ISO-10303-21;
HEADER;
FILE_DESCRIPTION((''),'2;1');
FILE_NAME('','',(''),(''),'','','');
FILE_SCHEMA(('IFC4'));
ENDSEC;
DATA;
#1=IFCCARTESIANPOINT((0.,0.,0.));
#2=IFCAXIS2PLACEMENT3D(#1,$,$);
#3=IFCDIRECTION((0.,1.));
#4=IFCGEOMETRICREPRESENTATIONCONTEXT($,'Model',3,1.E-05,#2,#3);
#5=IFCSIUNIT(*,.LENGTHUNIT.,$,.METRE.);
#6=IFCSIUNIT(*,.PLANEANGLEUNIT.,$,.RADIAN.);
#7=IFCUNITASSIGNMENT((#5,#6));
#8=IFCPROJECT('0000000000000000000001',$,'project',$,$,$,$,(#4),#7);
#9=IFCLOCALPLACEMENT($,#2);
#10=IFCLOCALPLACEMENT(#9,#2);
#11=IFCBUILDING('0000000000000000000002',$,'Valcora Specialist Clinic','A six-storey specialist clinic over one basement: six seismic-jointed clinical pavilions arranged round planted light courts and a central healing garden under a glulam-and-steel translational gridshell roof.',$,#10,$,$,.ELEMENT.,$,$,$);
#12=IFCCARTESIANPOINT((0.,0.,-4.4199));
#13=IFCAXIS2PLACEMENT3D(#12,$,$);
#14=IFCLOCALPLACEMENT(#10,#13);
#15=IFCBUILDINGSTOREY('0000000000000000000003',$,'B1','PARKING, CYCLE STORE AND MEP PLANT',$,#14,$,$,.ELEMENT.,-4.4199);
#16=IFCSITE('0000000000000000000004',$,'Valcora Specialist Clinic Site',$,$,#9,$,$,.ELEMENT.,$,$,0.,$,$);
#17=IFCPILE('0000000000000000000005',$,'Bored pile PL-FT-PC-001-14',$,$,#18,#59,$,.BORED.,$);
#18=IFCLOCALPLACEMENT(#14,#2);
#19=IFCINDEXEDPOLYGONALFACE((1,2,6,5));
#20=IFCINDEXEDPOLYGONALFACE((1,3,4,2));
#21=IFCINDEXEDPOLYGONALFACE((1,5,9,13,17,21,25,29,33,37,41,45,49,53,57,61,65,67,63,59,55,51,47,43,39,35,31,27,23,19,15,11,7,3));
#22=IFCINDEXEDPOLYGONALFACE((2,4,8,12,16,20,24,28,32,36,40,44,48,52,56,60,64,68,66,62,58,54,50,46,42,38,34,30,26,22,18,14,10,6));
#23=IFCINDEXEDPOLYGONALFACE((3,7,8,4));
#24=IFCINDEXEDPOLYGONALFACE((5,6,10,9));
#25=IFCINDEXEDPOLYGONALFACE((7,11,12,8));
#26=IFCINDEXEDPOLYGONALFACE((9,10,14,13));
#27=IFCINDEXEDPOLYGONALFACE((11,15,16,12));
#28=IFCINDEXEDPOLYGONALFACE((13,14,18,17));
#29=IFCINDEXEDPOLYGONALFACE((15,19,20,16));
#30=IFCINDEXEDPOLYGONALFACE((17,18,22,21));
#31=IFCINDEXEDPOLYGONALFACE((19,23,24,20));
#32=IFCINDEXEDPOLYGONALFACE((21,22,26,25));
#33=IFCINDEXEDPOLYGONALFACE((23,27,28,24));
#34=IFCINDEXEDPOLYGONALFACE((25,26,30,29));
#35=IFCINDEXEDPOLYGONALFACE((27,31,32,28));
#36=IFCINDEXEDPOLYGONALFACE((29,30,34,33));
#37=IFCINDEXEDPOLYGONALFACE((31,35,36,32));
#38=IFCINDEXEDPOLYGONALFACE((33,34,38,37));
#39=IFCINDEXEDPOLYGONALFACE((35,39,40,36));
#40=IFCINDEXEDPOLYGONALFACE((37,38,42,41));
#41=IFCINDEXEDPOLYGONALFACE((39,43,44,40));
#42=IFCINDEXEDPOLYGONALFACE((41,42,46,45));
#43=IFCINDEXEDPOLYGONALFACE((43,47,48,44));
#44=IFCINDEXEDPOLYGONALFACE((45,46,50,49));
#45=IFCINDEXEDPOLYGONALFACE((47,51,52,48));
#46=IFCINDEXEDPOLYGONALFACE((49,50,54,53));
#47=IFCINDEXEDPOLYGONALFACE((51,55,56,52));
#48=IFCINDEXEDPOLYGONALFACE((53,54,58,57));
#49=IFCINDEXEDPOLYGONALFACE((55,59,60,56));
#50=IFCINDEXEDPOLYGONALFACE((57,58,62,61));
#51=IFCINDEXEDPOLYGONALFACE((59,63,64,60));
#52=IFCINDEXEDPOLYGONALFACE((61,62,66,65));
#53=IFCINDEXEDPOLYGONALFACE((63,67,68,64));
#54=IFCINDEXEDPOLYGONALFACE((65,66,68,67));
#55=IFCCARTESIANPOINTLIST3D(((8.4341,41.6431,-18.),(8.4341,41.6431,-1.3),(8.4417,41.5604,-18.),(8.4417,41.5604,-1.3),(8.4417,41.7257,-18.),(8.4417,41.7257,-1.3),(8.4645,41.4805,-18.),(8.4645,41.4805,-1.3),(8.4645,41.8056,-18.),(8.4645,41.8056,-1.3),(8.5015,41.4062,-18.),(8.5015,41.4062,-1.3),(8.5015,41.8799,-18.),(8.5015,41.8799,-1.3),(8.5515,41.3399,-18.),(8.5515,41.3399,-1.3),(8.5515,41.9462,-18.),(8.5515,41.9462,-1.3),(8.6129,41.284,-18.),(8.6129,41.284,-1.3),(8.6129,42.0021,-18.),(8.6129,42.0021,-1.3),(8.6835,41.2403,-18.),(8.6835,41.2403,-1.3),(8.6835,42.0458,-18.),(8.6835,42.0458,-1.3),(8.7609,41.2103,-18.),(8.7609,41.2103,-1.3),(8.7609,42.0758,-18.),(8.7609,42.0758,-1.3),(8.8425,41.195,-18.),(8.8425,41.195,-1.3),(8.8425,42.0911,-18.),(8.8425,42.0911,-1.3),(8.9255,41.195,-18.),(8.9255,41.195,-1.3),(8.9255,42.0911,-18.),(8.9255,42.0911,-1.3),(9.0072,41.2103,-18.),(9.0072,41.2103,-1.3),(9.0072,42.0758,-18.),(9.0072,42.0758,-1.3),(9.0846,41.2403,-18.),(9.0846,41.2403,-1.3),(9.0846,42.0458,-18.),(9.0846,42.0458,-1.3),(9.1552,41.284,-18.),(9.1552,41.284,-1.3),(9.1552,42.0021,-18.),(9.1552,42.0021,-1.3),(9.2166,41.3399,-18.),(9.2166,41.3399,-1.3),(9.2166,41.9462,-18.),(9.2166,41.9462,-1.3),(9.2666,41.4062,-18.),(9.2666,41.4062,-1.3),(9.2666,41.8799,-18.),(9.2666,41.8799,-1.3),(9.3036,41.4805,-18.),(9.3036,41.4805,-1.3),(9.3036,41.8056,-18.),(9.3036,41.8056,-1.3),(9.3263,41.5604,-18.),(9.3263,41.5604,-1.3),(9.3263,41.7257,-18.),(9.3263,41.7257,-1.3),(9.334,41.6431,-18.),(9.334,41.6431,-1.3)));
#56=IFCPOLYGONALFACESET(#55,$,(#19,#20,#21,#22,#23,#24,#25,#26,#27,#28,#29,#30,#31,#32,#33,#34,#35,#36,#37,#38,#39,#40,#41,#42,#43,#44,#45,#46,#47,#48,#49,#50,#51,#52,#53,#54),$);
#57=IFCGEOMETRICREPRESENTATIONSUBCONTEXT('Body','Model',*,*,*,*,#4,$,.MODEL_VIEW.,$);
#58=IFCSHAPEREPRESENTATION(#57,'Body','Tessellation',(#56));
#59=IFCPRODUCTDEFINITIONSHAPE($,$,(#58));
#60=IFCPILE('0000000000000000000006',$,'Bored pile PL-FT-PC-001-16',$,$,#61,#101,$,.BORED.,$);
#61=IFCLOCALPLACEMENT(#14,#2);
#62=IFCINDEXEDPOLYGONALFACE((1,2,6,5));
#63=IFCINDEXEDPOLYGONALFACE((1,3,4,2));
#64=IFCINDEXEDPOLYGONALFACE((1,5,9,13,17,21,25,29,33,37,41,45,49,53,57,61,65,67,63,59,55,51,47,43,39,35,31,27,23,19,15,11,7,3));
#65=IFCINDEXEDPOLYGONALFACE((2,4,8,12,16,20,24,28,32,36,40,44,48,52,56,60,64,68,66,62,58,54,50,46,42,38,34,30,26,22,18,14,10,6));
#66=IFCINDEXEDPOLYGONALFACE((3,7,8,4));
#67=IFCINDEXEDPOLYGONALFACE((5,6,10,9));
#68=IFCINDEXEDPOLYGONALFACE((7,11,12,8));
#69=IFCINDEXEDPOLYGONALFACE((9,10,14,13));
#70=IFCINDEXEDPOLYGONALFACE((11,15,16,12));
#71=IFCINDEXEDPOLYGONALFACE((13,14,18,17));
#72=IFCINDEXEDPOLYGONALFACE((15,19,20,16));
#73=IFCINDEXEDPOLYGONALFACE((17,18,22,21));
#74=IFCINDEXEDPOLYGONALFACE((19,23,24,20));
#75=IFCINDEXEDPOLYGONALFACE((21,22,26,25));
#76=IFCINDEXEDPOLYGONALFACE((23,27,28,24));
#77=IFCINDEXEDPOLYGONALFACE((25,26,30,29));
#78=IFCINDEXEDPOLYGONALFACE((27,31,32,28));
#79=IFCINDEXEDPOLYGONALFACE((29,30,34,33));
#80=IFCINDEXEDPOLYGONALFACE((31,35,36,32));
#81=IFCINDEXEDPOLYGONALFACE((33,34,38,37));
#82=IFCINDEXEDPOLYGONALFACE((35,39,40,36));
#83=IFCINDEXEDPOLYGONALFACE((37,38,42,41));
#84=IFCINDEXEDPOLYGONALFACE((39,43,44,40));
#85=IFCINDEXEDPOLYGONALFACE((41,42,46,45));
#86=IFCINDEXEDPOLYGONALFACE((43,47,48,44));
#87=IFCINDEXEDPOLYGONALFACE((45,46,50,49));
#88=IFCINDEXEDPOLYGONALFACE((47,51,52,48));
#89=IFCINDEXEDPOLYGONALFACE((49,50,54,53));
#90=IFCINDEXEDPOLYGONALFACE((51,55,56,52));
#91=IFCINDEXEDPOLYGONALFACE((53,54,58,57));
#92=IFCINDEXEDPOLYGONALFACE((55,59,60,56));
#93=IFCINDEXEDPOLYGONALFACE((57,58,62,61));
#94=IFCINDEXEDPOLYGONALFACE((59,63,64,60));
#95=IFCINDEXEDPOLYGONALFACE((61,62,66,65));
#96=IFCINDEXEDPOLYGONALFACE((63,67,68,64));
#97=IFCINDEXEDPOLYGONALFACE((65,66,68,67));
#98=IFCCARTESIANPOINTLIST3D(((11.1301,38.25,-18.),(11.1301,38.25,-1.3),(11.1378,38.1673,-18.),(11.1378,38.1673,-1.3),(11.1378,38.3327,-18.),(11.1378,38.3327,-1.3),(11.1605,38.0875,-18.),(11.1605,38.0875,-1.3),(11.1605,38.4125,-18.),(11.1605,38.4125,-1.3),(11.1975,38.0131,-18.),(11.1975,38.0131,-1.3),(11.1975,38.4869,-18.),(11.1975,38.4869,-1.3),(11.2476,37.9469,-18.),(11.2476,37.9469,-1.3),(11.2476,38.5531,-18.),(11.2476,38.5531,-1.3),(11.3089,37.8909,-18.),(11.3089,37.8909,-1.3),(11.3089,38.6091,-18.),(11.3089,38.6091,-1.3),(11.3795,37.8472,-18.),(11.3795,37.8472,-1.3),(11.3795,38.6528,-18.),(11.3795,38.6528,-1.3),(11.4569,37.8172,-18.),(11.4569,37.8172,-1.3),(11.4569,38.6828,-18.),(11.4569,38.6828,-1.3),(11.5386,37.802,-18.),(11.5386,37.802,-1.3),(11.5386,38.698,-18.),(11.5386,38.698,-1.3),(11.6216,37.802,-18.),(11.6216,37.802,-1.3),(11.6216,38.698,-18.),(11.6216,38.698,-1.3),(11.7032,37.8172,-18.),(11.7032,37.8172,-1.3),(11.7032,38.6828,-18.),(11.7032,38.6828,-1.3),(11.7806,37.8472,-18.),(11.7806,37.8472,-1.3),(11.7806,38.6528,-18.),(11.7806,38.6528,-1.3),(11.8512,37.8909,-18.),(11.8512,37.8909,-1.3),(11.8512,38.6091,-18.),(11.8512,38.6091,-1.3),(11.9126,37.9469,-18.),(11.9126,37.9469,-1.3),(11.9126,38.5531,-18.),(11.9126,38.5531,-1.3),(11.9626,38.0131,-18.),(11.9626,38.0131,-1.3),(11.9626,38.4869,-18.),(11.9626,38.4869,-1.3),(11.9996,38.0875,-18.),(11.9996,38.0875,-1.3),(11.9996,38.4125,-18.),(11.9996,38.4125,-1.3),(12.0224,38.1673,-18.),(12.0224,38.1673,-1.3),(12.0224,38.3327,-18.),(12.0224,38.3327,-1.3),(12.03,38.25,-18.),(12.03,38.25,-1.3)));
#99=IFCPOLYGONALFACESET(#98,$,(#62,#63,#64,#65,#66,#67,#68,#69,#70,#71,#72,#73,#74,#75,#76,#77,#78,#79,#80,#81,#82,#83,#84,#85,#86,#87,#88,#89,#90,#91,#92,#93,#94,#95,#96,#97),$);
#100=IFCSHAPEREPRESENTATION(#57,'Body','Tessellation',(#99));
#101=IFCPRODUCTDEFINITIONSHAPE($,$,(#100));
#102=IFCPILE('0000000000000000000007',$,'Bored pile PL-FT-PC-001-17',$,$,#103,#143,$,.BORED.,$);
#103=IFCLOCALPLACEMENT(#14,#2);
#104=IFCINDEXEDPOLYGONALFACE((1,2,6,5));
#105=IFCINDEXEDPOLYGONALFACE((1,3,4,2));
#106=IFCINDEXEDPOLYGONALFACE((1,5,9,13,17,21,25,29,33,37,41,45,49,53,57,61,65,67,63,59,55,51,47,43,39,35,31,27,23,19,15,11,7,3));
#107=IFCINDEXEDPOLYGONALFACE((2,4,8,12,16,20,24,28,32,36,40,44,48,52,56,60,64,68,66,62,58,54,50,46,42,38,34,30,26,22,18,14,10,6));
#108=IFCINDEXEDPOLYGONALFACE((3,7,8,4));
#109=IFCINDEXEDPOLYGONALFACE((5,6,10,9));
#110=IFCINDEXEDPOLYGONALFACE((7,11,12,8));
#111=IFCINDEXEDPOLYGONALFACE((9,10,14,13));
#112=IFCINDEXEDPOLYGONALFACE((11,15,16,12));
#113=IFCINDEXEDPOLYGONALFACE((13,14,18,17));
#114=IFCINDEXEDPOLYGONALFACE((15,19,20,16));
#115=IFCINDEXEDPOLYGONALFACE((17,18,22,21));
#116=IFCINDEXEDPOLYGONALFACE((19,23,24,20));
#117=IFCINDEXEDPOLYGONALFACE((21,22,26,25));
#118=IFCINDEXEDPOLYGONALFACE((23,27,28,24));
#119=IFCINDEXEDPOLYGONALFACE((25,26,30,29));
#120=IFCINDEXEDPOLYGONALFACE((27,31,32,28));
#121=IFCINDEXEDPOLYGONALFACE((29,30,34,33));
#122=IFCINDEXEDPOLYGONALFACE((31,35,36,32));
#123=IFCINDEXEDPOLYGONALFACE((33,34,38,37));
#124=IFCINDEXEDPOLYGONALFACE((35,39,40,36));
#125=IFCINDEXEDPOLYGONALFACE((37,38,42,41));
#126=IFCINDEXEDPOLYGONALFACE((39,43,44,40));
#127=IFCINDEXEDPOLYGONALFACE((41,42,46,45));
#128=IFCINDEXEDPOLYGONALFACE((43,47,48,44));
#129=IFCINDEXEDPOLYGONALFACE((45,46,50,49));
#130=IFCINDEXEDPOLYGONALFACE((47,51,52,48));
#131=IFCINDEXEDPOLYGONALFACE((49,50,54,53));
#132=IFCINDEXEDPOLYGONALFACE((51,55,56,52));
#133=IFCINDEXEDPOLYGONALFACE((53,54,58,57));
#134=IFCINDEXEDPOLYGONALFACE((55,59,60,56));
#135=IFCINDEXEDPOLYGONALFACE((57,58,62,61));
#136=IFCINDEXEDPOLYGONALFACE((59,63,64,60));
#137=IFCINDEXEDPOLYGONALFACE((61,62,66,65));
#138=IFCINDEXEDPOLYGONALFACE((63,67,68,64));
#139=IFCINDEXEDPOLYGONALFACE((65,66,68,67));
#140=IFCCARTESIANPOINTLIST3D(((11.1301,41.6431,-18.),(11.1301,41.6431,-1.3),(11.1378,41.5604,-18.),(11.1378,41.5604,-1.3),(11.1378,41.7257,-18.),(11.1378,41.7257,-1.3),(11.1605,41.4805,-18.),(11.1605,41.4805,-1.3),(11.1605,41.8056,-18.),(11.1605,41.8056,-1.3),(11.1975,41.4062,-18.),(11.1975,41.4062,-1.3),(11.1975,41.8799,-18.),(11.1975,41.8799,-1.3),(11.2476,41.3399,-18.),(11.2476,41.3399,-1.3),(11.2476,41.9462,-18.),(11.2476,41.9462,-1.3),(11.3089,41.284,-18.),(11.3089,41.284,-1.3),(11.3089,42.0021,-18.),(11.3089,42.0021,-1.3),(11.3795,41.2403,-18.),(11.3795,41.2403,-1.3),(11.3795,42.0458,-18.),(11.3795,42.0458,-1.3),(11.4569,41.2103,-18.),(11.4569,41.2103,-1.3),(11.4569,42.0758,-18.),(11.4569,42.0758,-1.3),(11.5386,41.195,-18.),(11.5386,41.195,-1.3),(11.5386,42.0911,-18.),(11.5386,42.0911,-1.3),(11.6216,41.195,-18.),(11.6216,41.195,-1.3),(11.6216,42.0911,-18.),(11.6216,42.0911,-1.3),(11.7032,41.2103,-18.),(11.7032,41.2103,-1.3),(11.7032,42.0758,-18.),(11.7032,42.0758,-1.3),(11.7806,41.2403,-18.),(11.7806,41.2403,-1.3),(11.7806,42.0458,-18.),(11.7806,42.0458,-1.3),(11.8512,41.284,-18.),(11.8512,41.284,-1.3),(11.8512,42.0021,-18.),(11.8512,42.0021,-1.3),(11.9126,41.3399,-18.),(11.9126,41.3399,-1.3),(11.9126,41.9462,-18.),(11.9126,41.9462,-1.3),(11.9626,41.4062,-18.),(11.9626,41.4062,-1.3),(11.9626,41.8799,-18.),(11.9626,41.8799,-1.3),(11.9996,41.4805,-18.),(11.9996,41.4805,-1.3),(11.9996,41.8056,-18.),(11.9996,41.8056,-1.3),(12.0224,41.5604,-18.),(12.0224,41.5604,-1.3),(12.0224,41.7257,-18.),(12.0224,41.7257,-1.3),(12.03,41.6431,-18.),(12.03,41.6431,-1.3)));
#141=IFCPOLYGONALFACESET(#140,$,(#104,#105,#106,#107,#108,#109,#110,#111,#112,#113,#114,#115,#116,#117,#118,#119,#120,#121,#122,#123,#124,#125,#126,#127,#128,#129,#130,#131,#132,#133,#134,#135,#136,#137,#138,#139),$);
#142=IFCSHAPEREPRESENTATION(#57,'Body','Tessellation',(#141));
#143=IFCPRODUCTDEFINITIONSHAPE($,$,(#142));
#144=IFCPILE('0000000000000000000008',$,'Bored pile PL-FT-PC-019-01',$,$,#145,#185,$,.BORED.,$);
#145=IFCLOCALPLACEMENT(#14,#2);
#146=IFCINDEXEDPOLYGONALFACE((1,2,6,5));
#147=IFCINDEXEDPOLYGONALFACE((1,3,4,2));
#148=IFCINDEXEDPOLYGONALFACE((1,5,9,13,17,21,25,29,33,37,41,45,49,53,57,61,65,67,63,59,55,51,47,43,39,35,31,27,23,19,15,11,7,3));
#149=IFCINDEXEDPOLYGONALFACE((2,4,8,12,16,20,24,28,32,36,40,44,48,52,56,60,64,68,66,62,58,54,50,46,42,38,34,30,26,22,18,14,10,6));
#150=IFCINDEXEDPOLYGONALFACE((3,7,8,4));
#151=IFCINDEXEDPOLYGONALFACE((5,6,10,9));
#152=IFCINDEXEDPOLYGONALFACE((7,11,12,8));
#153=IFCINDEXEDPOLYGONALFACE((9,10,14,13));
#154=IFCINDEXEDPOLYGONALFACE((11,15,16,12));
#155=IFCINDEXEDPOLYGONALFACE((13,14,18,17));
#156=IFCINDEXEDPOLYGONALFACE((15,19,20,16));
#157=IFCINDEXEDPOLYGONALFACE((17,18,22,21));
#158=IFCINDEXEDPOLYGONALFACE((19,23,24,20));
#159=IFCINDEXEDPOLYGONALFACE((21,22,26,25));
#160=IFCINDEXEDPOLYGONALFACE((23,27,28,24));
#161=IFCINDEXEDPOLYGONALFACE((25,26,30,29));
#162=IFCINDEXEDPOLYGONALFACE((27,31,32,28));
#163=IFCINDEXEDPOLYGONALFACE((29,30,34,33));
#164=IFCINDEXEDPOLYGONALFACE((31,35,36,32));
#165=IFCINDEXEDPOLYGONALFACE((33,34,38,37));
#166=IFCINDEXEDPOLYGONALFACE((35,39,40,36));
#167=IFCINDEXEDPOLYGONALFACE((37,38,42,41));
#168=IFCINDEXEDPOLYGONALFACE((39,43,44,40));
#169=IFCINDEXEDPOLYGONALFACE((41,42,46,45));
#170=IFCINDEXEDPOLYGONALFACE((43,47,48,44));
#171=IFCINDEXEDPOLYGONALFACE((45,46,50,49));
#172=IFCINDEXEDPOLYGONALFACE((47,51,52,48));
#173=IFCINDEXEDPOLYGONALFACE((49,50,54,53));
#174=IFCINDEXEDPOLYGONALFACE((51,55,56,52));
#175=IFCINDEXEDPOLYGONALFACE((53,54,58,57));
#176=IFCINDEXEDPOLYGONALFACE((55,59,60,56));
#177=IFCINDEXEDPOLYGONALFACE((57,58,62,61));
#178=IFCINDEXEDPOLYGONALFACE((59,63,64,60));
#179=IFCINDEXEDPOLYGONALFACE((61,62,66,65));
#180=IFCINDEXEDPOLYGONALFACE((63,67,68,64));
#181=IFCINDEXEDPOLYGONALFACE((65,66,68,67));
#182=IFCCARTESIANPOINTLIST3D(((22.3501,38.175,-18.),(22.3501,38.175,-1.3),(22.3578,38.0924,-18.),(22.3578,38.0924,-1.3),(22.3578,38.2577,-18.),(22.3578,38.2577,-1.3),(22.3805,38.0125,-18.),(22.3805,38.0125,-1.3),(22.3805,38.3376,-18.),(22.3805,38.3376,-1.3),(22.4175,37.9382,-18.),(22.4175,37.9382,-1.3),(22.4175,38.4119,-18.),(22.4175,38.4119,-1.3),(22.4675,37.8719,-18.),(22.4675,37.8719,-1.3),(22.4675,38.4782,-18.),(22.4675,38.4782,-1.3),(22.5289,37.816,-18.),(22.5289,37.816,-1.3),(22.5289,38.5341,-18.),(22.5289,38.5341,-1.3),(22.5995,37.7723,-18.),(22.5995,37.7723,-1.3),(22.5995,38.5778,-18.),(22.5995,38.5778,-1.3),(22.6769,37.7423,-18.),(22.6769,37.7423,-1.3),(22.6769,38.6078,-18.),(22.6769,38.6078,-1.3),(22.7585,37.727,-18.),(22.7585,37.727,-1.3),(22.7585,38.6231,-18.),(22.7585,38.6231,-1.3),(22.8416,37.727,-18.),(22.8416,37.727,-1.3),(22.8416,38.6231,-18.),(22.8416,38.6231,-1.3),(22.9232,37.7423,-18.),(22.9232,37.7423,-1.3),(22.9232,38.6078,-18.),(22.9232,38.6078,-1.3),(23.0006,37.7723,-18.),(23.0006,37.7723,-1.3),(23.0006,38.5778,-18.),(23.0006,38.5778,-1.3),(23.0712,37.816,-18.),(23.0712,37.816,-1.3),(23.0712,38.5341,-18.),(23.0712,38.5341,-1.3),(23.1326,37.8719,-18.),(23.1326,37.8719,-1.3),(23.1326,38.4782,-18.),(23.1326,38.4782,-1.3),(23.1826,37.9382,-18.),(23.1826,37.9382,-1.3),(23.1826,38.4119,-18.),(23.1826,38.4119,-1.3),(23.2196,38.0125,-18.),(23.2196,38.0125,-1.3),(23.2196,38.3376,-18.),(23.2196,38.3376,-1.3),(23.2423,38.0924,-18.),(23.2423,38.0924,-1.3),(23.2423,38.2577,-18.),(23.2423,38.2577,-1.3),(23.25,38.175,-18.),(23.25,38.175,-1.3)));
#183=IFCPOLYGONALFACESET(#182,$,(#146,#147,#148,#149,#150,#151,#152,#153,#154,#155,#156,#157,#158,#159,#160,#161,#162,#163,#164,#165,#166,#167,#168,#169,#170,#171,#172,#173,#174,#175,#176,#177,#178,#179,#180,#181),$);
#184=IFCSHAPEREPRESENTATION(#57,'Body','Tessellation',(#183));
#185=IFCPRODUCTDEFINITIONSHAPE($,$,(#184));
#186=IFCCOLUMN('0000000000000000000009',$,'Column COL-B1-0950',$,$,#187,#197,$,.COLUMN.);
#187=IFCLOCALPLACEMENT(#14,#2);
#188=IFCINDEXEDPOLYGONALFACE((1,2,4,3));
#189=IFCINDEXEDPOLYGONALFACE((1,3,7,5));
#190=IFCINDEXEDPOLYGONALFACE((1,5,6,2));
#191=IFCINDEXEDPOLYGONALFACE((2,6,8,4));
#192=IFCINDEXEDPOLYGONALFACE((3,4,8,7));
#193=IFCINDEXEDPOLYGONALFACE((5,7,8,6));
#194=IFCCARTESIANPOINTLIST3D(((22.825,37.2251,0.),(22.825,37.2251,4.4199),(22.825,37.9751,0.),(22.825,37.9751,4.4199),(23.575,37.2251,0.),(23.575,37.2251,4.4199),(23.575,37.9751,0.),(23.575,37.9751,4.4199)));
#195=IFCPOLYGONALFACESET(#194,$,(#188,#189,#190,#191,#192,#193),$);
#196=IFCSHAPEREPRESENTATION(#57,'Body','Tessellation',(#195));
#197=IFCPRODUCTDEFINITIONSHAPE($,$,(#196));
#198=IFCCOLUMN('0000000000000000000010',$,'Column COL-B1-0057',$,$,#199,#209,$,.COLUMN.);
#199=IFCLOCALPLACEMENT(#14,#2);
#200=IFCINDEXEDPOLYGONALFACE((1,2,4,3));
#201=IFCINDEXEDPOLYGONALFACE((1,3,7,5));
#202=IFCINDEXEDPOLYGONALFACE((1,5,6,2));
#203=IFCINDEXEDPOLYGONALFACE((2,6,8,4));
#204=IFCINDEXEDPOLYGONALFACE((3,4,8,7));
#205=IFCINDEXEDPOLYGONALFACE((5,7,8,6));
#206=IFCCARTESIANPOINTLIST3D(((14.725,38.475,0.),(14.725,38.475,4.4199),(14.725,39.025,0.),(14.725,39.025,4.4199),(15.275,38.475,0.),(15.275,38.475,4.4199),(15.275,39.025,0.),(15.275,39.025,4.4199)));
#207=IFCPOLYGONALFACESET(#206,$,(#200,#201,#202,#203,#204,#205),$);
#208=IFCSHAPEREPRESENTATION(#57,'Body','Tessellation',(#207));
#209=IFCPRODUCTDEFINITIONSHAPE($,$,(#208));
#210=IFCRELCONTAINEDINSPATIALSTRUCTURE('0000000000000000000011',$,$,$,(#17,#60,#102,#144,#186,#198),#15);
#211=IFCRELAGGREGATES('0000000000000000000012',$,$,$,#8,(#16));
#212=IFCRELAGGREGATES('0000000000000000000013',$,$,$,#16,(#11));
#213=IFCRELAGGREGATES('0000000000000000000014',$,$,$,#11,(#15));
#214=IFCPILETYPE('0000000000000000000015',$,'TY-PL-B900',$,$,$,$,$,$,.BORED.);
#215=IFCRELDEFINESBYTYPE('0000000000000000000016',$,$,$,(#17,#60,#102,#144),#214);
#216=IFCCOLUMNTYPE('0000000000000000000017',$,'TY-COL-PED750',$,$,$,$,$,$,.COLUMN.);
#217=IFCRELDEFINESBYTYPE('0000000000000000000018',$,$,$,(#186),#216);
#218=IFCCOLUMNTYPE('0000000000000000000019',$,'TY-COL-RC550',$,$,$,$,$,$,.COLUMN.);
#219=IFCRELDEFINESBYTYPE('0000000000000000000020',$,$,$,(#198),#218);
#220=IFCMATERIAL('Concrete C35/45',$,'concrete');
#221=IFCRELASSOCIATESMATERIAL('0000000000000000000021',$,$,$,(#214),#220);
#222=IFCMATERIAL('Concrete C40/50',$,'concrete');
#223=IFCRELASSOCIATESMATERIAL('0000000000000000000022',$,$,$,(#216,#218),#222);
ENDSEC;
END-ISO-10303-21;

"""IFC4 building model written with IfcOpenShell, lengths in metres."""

from ifc_helpers import new_model, si_unit, direction, frame, origin, origin_2d, place, context, subcontext, project, spatial, rectangle, circle, extrude, material, material_profile, profile_set, type_object, element, save


model = new_model("IFC4")

# Units and contexts
model_context = context("Model", 3, precision=1e-05, world=origin(), true_north=direction((0.0, 1.0)))
body_context = subcontext(model_context, "Body", "Model", "MODEL_VIEW")
ifc_project = project(units=[si_unit("LENGTHUNIT", "METRE"), si_unit("PLANEANGLEUNIT", "RADIAN")], contexts=[model_context])

# Site, building, storey
site_placement = place(None, origin())
site = spatial("IfcSite", under=ifc_project, at=site_placement, Name="Valcora Specialist Clinic Site", CompositionType="ELEMENT", RefElevation=0.0)
building_placement = place(site_placement, origin())
building = spatial("IfcBuilding", under=site, at=building_placement, Name="Valcora Specialist Clinic", Description="A six-storey specialist clinic over one basement: six seismic-jointed clinical pavilions arranged round planted light courts and a central healing garden under a glulam-and-steel translational gridshell roof.", CompositionType="ELEMENT")
storey_placement = place(building_placement, frame((0.0, 0.0, -4.4199)))
storey = spatial("IfcBuildingStorey", under=building, at=storey_placement, Name="B1", Description="PARKING, CYCLE STORE AND MEP PLANT", CompositionType="ELEMENT", Elevation=-4.4199)

# Shared definitions
ifc_material_1 = material(Name="Concrete C35/45", Category="concrete")

# Piles
ifc_material_profile_1 = material_profile(ifc_material_1, circle(Radius=0.45, at=origin_2d()), Name="RC-PIL-D900")
ifc_profile_set_1 = profile_set([ifc_material_profile_1], Name="Concrete C35/45")
pile_type_1 = type_object("IfcPileType", Name="TY-PL-B900", PredefinedType="BORED", material=ifc_profile_set_1)
for number, where, z_axis, x_axis, name in (
    (1, (8.884, 41.6431, -1.3), (0.0, 0.0, -1.0), (1.0, 0.0, 0.0), "Bored pile PL-FT-PC-001-14"),
    (2, (11.5801, 38.25, -1.3), (0.0, 0.0, -1.0), (1.0, 0.0, 0.0), "Bored pile PL-FT-PC-001-16"),
    (3, (11.5801, 41.6431, -1.3), (0.0, 0.0, -1.0), (1.0, 0.0, 0.0), "Bored pile PL-FT-PC-001-17"),
    (4, (22.8, 38.175, -1.3), (0.0, 0.0, -1.0), (1.0, 0.0, 0.0), "Bored pile PL-FT-PC-019-01"),
):
    element("IfcPile", number, at=place(storey_placement, frame(where, z_axis=z_axis, x_axis=x_axis)), inside=storey, type_object=pile_type_1, Name=name, PredefinedType="BORED", context=body_context, shape_type="SweptSolid", body=[
        extrude(circle(Radius=0.45, at=origin_2d()), origin(), (0.0, 0.0, 1.0), 16.7),
    ])

# Columns
ifc_material_2 = material(Name="Concrete C40/50", Category="concrete")
ifc_material_profile_2 = material_profile(ifc_material_2, rectangle(XDim=0.75, YDim=0.75, at=origin_2d()), Name="RC-PED-750X750")
ifc_profile_set_2 = profile_set([ifc_material_profile_2], Name="Concrete C40/50")
column_type_1 = type_object("IfcColumnType", Name="TY-COL-PED750", PredefinedType="COLUMN", material=ifc_profile_set_2)
column_placement = place(storey_placement, frame((23.2, 37.6001, 0.0), z_axis=(0.0, 0.0, 1.0), x_axis=(1.0, 0.0, 0.0)))
element("IfcColumn", 5, at=column_placement, inside=storey, type_object=column_type_1, Name="Column COL-B1-0950", PredefinedType="COLUMN", context=body_context, shape_type="SweptSolid", body=[
    extrude(rectangle(XDim=0.75, YDim=0.75, at=origin_2d()), origin(), (0.0, 0.0, 1.0), 4.4199),
])
ifc_material_profile_3 = material_profile(ifc_material_2, rectangle(XDim=0.55, YDim=0.55, at=origin_2d()), Name="RC-COL-550X550")
ifc_profile_set_3 = profile_set([ifc_material_profile_3], Name="Concrete C40/50")
column_type_2 = type_object("IfcColumnType", Name="TY-COL-RC550", PredefinedType="COLUMN", material=ifc_profile_set_3)
for number, where, z_axis, x_axis, name in (
    (6, (15.0, 38.75, 0.0), (0.0, 0.0, 1.0), (1.0, 0.0, 0.0), "Column COL-B1-0057"),
):
    element("IfcColumn", number, at=place(storey_placement, frame(where, z_axis=z_axis, x_axis=x_axis)), inside=storey, type_object=column_type_2, Name=name, PredefinedType="COLUMN", context=body_context, shape_type="SweptSolid", body=[
        extrude(rectangle(XDim=0.55, YDim=0.55, at=origin_2d()), origin(), (0.0, 0.0, 1.0), 4.4199),
    ])

save(model, "model.ifc")
